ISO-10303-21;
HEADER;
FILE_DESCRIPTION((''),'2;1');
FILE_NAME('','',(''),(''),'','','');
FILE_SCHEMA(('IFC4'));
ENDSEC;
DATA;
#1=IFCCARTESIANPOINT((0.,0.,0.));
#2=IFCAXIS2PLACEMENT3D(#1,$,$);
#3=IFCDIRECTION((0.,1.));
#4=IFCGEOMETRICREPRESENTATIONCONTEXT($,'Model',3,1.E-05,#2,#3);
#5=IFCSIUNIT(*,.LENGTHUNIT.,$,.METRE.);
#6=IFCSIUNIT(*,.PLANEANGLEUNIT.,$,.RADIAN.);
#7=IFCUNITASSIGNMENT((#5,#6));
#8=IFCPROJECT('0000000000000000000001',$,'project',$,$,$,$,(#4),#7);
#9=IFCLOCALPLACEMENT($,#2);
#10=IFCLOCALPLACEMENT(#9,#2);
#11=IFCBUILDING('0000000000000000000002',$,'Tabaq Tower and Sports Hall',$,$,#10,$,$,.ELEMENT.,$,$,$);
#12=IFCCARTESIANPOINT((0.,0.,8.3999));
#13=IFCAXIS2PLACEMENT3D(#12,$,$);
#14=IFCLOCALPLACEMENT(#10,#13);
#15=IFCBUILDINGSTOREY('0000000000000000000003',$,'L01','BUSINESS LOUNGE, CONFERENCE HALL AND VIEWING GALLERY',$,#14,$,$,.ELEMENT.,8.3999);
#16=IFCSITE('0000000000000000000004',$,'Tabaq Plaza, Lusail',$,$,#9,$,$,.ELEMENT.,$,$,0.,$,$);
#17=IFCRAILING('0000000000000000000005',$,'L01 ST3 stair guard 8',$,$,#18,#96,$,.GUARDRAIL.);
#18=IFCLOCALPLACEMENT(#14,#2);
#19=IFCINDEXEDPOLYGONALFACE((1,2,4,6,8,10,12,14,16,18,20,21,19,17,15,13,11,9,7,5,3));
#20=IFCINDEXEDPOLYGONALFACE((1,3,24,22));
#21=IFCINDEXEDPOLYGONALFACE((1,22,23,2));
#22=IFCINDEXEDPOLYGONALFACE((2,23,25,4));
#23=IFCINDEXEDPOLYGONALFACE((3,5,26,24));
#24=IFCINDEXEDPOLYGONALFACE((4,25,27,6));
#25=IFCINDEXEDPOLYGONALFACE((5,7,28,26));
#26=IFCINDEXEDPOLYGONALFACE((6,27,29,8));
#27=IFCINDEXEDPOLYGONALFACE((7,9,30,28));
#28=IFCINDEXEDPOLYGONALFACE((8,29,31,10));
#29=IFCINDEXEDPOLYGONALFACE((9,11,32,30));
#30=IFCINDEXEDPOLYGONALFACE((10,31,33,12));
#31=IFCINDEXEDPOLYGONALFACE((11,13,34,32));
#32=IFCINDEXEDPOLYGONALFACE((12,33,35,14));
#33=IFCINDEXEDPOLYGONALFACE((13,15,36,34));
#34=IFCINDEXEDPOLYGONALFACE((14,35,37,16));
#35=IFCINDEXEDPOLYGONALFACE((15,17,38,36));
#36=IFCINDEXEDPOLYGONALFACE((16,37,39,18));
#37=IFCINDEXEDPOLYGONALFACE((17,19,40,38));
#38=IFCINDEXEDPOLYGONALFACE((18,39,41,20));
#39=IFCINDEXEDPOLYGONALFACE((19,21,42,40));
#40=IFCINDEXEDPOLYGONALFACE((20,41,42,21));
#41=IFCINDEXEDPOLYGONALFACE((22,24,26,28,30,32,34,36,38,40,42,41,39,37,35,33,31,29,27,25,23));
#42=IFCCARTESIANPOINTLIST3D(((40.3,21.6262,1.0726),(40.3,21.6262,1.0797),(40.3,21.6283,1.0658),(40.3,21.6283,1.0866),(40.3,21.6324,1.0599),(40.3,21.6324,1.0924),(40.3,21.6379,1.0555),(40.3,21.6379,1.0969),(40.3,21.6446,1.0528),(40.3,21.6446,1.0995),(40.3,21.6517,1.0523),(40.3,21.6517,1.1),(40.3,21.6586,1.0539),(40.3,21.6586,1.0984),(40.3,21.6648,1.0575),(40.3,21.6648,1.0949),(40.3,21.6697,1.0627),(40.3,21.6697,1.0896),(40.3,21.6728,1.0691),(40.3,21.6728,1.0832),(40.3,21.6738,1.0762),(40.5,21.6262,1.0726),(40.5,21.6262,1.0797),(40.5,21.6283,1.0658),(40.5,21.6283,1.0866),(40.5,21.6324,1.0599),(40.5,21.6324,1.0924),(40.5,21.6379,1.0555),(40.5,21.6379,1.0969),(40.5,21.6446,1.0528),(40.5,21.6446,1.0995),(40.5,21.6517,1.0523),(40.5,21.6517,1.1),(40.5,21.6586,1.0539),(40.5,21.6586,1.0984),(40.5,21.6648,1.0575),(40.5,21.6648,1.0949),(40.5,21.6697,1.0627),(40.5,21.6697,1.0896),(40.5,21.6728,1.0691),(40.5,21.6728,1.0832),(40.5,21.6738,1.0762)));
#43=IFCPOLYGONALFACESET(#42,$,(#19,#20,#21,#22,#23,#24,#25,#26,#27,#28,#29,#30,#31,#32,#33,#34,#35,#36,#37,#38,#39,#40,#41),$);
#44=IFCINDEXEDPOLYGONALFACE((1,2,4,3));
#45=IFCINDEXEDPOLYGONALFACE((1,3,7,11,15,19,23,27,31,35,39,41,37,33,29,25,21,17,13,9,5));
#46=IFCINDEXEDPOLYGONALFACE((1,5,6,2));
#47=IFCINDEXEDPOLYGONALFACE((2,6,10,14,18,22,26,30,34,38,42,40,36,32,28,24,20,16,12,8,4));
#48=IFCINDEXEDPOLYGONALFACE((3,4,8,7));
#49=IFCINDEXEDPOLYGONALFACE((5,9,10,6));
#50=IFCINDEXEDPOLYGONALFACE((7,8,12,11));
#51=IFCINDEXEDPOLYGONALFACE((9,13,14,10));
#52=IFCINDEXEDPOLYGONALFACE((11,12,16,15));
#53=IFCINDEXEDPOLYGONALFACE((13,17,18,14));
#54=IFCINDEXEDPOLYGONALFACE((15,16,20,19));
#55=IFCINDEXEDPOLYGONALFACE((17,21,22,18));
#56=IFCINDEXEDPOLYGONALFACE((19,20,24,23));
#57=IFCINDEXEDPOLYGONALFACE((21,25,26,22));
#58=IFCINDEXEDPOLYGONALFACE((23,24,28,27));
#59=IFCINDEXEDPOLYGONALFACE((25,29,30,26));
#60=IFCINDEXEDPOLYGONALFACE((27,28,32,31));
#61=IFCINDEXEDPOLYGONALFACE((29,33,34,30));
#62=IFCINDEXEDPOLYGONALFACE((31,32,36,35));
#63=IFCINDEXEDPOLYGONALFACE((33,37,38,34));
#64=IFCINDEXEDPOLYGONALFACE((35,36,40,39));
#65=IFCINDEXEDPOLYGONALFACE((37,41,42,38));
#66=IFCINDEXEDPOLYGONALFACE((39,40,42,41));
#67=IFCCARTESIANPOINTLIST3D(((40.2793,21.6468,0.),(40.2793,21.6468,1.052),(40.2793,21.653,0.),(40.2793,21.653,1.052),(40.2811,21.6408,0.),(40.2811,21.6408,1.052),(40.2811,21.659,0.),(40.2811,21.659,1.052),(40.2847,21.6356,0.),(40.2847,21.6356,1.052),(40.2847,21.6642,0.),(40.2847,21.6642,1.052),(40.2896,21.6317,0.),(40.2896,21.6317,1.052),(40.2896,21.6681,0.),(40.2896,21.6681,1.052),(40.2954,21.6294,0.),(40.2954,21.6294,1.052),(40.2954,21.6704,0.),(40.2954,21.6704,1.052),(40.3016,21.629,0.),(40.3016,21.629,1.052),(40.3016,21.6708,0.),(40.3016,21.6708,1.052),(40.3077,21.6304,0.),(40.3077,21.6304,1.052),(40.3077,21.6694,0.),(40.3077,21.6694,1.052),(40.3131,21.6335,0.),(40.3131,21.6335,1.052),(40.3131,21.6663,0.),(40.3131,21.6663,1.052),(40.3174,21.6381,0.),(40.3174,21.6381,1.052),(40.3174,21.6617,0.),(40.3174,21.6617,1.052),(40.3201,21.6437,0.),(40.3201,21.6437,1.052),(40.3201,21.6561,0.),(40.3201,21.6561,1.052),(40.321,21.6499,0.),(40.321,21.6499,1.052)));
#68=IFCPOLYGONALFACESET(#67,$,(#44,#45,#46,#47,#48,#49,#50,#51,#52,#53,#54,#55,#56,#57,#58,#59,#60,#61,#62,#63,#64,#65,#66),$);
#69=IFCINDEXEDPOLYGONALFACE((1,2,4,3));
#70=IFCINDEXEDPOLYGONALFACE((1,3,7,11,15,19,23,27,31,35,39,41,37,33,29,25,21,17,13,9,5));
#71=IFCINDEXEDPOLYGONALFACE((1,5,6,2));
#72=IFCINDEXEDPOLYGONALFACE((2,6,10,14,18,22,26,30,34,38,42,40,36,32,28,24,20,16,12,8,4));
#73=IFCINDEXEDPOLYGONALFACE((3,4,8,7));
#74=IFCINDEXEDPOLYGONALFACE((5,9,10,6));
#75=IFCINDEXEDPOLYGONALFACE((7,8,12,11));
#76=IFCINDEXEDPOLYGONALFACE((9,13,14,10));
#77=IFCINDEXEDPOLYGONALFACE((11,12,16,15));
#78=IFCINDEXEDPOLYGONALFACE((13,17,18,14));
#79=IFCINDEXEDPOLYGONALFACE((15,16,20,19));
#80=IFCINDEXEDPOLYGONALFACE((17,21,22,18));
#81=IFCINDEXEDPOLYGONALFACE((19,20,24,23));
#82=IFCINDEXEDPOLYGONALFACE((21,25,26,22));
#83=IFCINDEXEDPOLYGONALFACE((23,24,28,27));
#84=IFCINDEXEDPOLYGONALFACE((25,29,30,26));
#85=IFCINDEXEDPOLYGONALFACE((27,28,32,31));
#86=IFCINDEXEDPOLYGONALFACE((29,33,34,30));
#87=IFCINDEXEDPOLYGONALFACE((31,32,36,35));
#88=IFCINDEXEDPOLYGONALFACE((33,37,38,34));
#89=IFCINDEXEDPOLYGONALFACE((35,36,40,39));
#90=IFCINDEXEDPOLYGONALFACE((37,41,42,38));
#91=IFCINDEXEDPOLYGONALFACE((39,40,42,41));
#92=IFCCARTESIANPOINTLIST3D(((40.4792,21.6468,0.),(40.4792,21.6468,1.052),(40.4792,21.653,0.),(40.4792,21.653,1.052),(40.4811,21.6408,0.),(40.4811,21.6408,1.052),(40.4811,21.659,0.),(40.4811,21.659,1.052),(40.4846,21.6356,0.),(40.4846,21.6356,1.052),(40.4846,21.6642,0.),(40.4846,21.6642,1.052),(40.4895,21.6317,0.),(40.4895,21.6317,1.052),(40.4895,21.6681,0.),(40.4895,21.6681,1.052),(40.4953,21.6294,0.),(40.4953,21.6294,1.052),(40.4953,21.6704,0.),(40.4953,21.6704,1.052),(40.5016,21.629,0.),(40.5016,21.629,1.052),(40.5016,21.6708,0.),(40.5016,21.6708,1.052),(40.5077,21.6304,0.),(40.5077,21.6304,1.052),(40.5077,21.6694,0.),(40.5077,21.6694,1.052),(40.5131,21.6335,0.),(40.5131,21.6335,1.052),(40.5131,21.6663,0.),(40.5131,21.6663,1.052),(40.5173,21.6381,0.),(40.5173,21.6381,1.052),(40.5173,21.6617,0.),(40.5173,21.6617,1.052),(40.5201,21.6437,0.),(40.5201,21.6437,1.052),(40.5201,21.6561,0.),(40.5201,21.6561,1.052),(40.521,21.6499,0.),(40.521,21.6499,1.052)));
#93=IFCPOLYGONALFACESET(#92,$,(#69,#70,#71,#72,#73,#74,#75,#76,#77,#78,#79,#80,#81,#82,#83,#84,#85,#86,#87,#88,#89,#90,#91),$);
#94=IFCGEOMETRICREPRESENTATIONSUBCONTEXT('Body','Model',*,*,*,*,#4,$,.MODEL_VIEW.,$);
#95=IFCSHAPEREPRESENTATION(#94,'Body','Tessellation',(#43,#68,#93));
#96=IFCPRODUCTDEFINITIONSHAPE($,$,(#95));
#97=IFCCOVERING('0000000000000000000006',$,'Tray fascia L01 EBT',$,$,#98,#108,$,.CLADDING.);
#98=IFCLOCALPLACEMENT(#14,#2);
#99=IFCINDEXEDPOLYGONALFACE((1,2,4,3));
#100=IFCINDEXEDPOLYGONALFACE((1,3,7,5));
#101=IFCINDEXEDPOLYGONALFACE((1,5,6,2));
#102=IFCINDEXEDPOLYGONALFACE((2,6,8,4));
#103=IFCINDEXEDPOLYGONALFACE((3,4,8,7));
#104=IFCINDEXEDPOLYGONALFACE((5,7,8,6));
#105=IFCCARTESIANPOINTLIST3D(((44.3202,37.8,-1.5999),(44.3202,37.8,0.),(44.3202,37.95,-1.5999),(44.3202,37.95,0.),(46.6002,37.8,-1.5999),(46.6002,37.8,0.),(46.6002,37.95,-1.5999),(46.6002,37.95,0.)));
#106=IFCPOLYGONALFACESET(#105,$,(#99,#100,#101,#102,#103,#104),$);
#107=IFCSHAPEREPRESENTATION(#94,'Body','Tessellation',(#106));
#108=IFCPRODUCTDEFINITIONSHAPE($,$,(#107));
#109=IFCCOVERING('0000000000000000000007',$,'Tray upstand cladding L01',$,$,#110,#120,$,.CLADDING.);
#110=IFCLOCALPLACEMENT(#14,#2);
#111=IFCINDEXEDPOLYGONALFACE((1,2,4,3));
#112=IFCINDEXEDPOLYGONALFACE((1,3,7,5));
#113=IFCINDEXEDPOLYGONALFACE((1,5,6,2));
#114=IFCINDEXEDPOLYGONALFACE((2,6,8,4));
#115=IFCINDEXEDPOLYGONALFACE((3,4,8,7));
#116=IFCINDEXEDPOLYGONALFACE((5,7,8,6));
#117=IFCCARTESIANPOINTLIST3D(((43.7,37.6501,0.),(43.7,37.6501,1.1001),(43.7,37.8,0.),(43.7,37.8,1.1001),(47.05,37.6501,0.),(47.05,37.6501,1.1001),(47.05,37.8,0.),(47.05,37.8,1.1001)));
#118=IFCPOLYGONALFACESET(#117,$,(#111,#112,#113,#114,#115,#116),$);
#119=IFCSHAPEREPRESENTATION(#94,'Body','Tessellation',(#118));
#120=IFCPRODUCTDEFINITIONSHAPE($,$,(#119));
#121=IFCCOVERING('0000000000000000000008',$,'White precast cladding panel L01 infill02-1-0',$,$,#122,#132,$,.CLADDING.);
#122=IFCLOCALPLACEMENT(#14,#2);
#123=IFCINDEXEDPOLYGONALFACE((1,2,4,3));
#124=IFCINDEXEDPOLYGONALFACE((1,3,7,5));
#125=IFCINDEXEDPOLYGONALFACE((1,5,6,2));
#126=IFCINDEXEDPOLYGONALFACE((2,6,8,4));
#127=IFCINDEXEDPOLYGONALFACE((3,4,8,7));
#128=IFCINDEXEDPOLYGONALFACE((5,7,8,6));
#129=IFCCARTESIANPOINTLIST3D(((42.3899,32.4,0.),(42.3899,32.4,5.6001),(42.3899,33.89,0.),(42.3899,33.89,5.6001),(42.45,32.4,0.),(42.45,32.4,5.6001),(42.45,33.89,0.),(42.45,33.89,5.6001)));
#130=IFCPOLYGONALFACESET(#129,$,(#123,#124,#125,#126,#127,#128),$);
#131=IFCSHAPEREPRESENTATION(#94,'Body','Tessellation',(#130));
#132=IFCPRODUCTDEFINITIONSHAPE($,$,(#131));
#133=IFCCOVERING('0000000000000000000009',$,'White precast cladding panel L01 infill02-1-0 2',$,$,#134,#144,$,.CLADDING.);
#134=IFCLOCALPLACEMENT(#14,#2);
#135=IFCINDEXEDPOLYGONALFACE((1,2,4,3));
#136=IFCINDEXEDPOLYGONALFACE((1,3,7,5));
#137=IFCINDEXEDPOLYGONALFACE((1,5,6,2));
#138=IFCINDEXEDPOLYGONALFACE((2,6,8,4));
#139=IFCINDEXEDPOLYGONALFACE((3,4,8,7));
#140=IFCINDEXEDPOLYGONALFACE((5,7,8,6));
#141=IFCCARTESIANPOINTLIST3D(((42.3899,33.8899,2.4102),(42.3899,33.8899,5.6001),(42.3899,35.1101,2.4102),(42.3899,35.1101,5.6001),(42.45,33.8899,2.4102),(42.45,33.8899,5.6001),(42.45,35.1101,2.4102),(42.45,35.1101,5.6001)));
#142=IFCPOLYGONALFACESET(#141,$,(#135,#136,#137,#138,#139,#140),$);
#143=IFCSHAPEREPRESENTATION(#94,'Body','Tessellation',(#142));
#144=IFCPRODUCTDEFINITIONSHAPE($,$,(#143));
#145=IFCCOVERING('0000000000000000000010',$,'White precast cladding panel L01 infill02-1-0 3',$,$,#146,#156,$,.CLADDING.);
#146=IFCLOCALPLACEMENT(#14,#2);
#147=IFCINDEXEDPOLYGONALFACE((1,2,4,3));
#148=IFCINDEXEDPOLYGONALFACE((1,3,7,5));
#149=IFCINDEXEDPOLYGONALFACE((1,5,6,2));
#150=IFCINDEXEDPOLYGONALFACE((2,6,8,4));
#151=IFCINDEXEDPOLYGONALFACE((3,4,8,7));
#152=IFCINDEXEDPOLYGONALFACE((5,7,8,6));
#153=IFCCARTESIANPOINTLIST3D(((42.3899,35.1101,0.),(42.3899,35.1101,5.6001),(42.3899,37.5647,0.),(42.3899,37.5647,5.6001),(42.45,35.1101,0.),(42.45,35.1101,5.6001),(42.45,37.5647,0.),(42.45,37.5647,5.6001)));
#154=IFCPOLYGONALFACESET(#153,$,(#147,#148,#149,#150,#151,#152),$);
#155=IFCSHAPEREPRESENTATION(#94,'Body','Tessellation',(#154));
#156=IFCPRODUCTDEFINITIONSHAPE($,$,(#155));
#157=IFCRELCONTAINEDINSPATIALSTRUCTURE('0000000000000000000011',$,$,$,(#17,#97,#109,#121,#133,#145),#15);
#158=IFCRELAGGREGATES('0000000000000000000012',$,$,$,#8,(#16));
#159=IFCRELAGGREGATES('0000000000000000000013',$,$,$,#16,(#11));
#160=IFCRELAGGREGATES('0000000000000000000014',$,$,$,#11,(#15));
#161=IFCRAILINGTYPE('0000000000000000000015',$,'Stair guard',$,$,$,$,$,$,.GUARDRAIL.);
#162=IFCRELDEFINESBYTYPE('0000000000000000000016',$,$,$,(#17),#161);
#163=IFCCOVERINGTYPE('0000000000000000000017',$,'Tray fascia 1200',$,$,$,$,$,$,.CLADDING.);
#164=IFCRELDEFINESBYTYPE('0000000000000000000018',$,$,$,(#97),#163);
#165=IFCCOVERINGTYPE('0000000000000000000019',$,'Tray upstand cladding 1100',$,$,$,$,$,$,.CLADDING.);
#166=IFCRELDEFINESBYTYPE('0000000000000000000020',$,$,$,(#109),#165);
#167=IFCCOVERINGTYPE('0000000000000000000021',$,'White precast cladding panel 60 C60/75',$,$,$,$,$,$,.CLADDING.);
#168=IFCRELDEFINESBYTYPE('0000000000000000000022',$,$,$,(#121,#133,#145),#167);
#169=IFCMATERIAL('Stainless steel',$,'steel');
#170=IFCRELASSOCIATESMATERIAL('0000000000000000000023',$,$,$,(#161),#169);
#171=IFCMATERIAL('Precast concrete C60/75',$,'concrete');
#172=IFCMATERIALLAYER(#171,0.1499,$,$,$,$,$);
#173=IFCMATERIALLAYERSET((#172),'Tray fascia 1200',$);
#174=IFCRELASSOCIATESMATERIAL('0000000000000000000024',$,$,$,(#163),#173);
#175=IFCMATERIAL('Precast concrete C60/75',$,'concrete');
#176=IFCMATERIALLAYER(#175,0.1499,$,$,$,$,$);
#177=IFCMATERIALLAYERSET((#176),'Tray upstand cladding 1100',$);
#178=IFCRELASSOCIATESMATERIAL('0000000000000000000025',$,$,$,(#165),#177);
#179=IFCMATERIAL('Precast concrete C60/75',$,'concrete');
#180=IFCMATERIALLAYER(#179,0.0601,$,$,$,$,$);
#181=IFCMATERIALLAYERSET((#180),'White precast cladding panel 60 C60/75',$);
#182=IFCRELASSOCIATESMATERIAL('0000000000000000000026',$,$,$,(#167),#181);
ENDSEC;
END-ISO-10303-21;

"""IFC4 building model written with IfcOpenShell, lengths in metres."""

from ifc_helpers import new_model, si_unit, direction, frame, frame_2d, origin, origin_2d, place, context, subcontext, project, spatial, rectangle, circle, extrude, material, layer, layer_set, type_object, element, save


model = new_model("IFC4")

# Units and contexts
model_context = context("Model", 3, precision=1e-05, world=origin(), true_north=direction((0.0, 1.0)))
body_context = subcontext(model_context, "Body", "Model", "MODEL_VIEW")
ifc_project = project(units=[si_unit("LENGTHUNIT", "METRE"), si_unit("PLANEANGLEUNIT", "RADIAN")], contexts=[model_context])

# Site, building, storey
site_placement = place(None, origin())
site = spatial("IfcSite", under=ifc_project, at=site_placement, Name="Tabaq Plaza, Lusail", CompositionType="ELEMENT", RefElevation=0.0)
building_placement = place(site_placement, origin())
building = spatial("IfcBuilding", under=site, at=building_placement, Name="Tabaq Tower and Sports Hall", CompositionType="ELEMENT")
storey_placement = place(building_placement, frame((0.0, 0.0, 8.3999)))
storey = spatial("IfcBuildingStorey", under=building, at=storey_placement, Name="L01", Description="BUSINESS LOUNGE, CONFERENCE HALL AND VIEWING GALLERY", CompositionType="ELEMENT", Elevation=8.3999)

# Railing
ifc_material_1 = material(Name="Stainless steel", Category="steel")
railing_type = type_object("IfcRailingType", Name="Stair guard", PredefinedType="GUARDRAIL", material=ifc_material_1)
railing_1_placement = place(storey_placement, frame((40.3, 21.6499, 0.0)))
element("IfcRailing", 1, at=railing_1_placement, inside=storey, type_object=railing_type, Name="L01 ST3 stair guard 8", PredefinedType="GUARDRAIL", context=body_context, shape_type="SweptSolid", body=[
    extrude(circle(Radius=0.0239, at=origin_2d()), frame((0.0, 0.0, 1.0762), z_axis=(1.0, 0.0, 0.0), x_axis=(0.0, 1.0, 0.0)), (0.0, 0.0, 1.0), 0.2),
    extrude(circle(Radius=0.021, at=origin_2d()), origin(), (0.0, 0.0, 1.0), 1.052),
    extrude(circle(Radius=0.021, at=origin_2d()), frame((0.2, 0.0, 0.0)), (0.0, 0.0, 1.0), 1.052),
])

# Coverings
ifc_material_2 = material(Name="Precast concrete C60/75", Category="concrete")
ifc_layer_1 = layer(ifc_material_2, 0.1499)
ifc_layer_set_1 = layer_set([ifc_layer_1], Name="Tray fascia 1200")
covering_type_1 = type_object("IfcCoveringType", Name="Tray fascia 1200", PredefinedType="CLADDING", material=ifc_layer_set_1)
covering_1_placement = place(storey_placement, frame((44.3201, 37.875, -1.5999), z_axis=(0.0, 0.0, 1.0), x_axis=(1.0, 0.0, 0.0)))
element("IfcCovering", 2, at=covering_1_placement, inside=storey, type_object=covering_type_1, Name="Tray fascia L01 EBT", PredefinedType="CLADDING", context=body_context, shape_type="SweptSolid", body=[
    extrude(rectangle(XDim=2.28, YDim=0.1499, at=frame_2d((1.1401, 0.0))), origin(), (0.0, 0.0, 1.0), 1.5999),
])
ifc_material_3 = material(Name="Precast concrete C60/75", Category="concrete")
ifc_layer_2 = layer(ifc_material_3, 0.1499)
ifc_layer_set_2 = layer_set([ifc_layer_2], Name="Tray upstand cladding 1100")
covering_type_2 = type_object("IfcCoveringType", Name="Tray upstand cladding 1100", PredefinedType="CLADDING", material=ifc_layer_set_2)
covering_2_placement = place(storey_placement, frame((43.7, 37.7251, 0.0), z_axis=(0.0, 0.0, 1.0), x_axis=(1.0, 0.0, 0.0)))
element("IfcCovering", 3, at=covering_2_placement, inside=storey, type_object=covering_type_2, Name="Tray upstand cladding L01", PredefinedType="CLADDING", context=body_context, shape_type="SweptSolid", body=[
    extrude(rectangle(XDim=3.3501, YDim=0.1499, at=frame_2d((1.675, 0.0))), origin(), (0.0, 0.0, 1.0), 1.1001),
])
ifc_material_4 = material(Name="Precast concrete C60/75", Category="concrete")
ifc_layer_3 = layer(ifc_material_4, 0.0601)
ifc_layer_set_3 = layer_set([ifc_layer_3], Name="White precast cladding panel 60 C60/75")
covering_type_3 = type_object("IfcCoveringType", Name="White precast cladding panel 60 C60/75", PredefinedType="CLADDING", material=ifc_layer_set_3)
covering_3_placement = place(storey_placement, frame((42.4199, 32.3999, 0.0), z_axis=(0.0, 0.0, 1.0), x_axis=(0.0, 1.0, 0.0)))
element("IfcCovering", 4, at=covering_3_placement, inside=storey, type_object=covering_type_3, Name="White precast cladding panel L01 infill02-1-0", PredefinedType="CLADDING", context=body_context, shape_type="SweptSolid", body=[
    extrude(rectangle(XDim=1.49, YDim=0.0601, at=frame_2d((0.7451, 0.0))), origin(), (0.0, 0.0, 1.0), 5.6001),
])
covering_4_placement = place(storey_placement, frame((42.4199, 33.8899, 2.4102), z_axis=(0.0, 0.0, 1.0), x_axis=(0.0, 1.0, 0.0)))
element("IfcCovering", 5, at=covering_4_placement, inside=storey, type_object=covering_type_3, Name="White precast cladding panel L01 infill02-1-0 2", PredefinedType="CLADDING", context=body_context, shape_type="SweptSolid", body=[
    extrude(rectangle(XDim=1.2202, YDim=0.0601, at=frame_2d((0.6101, 0.0))), origin(), (0.0, 0.0, 1.0), 3.1899),
])
covering_5_placement = place(storey_placement, frame((42.4199, 35.1101, 0.0), z_axis=(0.0, 0.0, 1.0), x_axis=(0.0, 1.0, 0.0)))
element("IfcCovering", 6, at=covering_5_placement, inside=storey, type_object=covering_type_3, Name="White precast cladding panel L01 infill02-1-0 3", PredefinedType="CLADDING", context=body_context, shape_type="SweptSolid", body=[
    extrude(rectangle(XDim=2.4546, YDim=0.0601, at=frame_2d((1.2273, 0.0))), origin(), (0.0, 0.0, 1.0), 5.6001),
])

save(model, "model.ifc")
